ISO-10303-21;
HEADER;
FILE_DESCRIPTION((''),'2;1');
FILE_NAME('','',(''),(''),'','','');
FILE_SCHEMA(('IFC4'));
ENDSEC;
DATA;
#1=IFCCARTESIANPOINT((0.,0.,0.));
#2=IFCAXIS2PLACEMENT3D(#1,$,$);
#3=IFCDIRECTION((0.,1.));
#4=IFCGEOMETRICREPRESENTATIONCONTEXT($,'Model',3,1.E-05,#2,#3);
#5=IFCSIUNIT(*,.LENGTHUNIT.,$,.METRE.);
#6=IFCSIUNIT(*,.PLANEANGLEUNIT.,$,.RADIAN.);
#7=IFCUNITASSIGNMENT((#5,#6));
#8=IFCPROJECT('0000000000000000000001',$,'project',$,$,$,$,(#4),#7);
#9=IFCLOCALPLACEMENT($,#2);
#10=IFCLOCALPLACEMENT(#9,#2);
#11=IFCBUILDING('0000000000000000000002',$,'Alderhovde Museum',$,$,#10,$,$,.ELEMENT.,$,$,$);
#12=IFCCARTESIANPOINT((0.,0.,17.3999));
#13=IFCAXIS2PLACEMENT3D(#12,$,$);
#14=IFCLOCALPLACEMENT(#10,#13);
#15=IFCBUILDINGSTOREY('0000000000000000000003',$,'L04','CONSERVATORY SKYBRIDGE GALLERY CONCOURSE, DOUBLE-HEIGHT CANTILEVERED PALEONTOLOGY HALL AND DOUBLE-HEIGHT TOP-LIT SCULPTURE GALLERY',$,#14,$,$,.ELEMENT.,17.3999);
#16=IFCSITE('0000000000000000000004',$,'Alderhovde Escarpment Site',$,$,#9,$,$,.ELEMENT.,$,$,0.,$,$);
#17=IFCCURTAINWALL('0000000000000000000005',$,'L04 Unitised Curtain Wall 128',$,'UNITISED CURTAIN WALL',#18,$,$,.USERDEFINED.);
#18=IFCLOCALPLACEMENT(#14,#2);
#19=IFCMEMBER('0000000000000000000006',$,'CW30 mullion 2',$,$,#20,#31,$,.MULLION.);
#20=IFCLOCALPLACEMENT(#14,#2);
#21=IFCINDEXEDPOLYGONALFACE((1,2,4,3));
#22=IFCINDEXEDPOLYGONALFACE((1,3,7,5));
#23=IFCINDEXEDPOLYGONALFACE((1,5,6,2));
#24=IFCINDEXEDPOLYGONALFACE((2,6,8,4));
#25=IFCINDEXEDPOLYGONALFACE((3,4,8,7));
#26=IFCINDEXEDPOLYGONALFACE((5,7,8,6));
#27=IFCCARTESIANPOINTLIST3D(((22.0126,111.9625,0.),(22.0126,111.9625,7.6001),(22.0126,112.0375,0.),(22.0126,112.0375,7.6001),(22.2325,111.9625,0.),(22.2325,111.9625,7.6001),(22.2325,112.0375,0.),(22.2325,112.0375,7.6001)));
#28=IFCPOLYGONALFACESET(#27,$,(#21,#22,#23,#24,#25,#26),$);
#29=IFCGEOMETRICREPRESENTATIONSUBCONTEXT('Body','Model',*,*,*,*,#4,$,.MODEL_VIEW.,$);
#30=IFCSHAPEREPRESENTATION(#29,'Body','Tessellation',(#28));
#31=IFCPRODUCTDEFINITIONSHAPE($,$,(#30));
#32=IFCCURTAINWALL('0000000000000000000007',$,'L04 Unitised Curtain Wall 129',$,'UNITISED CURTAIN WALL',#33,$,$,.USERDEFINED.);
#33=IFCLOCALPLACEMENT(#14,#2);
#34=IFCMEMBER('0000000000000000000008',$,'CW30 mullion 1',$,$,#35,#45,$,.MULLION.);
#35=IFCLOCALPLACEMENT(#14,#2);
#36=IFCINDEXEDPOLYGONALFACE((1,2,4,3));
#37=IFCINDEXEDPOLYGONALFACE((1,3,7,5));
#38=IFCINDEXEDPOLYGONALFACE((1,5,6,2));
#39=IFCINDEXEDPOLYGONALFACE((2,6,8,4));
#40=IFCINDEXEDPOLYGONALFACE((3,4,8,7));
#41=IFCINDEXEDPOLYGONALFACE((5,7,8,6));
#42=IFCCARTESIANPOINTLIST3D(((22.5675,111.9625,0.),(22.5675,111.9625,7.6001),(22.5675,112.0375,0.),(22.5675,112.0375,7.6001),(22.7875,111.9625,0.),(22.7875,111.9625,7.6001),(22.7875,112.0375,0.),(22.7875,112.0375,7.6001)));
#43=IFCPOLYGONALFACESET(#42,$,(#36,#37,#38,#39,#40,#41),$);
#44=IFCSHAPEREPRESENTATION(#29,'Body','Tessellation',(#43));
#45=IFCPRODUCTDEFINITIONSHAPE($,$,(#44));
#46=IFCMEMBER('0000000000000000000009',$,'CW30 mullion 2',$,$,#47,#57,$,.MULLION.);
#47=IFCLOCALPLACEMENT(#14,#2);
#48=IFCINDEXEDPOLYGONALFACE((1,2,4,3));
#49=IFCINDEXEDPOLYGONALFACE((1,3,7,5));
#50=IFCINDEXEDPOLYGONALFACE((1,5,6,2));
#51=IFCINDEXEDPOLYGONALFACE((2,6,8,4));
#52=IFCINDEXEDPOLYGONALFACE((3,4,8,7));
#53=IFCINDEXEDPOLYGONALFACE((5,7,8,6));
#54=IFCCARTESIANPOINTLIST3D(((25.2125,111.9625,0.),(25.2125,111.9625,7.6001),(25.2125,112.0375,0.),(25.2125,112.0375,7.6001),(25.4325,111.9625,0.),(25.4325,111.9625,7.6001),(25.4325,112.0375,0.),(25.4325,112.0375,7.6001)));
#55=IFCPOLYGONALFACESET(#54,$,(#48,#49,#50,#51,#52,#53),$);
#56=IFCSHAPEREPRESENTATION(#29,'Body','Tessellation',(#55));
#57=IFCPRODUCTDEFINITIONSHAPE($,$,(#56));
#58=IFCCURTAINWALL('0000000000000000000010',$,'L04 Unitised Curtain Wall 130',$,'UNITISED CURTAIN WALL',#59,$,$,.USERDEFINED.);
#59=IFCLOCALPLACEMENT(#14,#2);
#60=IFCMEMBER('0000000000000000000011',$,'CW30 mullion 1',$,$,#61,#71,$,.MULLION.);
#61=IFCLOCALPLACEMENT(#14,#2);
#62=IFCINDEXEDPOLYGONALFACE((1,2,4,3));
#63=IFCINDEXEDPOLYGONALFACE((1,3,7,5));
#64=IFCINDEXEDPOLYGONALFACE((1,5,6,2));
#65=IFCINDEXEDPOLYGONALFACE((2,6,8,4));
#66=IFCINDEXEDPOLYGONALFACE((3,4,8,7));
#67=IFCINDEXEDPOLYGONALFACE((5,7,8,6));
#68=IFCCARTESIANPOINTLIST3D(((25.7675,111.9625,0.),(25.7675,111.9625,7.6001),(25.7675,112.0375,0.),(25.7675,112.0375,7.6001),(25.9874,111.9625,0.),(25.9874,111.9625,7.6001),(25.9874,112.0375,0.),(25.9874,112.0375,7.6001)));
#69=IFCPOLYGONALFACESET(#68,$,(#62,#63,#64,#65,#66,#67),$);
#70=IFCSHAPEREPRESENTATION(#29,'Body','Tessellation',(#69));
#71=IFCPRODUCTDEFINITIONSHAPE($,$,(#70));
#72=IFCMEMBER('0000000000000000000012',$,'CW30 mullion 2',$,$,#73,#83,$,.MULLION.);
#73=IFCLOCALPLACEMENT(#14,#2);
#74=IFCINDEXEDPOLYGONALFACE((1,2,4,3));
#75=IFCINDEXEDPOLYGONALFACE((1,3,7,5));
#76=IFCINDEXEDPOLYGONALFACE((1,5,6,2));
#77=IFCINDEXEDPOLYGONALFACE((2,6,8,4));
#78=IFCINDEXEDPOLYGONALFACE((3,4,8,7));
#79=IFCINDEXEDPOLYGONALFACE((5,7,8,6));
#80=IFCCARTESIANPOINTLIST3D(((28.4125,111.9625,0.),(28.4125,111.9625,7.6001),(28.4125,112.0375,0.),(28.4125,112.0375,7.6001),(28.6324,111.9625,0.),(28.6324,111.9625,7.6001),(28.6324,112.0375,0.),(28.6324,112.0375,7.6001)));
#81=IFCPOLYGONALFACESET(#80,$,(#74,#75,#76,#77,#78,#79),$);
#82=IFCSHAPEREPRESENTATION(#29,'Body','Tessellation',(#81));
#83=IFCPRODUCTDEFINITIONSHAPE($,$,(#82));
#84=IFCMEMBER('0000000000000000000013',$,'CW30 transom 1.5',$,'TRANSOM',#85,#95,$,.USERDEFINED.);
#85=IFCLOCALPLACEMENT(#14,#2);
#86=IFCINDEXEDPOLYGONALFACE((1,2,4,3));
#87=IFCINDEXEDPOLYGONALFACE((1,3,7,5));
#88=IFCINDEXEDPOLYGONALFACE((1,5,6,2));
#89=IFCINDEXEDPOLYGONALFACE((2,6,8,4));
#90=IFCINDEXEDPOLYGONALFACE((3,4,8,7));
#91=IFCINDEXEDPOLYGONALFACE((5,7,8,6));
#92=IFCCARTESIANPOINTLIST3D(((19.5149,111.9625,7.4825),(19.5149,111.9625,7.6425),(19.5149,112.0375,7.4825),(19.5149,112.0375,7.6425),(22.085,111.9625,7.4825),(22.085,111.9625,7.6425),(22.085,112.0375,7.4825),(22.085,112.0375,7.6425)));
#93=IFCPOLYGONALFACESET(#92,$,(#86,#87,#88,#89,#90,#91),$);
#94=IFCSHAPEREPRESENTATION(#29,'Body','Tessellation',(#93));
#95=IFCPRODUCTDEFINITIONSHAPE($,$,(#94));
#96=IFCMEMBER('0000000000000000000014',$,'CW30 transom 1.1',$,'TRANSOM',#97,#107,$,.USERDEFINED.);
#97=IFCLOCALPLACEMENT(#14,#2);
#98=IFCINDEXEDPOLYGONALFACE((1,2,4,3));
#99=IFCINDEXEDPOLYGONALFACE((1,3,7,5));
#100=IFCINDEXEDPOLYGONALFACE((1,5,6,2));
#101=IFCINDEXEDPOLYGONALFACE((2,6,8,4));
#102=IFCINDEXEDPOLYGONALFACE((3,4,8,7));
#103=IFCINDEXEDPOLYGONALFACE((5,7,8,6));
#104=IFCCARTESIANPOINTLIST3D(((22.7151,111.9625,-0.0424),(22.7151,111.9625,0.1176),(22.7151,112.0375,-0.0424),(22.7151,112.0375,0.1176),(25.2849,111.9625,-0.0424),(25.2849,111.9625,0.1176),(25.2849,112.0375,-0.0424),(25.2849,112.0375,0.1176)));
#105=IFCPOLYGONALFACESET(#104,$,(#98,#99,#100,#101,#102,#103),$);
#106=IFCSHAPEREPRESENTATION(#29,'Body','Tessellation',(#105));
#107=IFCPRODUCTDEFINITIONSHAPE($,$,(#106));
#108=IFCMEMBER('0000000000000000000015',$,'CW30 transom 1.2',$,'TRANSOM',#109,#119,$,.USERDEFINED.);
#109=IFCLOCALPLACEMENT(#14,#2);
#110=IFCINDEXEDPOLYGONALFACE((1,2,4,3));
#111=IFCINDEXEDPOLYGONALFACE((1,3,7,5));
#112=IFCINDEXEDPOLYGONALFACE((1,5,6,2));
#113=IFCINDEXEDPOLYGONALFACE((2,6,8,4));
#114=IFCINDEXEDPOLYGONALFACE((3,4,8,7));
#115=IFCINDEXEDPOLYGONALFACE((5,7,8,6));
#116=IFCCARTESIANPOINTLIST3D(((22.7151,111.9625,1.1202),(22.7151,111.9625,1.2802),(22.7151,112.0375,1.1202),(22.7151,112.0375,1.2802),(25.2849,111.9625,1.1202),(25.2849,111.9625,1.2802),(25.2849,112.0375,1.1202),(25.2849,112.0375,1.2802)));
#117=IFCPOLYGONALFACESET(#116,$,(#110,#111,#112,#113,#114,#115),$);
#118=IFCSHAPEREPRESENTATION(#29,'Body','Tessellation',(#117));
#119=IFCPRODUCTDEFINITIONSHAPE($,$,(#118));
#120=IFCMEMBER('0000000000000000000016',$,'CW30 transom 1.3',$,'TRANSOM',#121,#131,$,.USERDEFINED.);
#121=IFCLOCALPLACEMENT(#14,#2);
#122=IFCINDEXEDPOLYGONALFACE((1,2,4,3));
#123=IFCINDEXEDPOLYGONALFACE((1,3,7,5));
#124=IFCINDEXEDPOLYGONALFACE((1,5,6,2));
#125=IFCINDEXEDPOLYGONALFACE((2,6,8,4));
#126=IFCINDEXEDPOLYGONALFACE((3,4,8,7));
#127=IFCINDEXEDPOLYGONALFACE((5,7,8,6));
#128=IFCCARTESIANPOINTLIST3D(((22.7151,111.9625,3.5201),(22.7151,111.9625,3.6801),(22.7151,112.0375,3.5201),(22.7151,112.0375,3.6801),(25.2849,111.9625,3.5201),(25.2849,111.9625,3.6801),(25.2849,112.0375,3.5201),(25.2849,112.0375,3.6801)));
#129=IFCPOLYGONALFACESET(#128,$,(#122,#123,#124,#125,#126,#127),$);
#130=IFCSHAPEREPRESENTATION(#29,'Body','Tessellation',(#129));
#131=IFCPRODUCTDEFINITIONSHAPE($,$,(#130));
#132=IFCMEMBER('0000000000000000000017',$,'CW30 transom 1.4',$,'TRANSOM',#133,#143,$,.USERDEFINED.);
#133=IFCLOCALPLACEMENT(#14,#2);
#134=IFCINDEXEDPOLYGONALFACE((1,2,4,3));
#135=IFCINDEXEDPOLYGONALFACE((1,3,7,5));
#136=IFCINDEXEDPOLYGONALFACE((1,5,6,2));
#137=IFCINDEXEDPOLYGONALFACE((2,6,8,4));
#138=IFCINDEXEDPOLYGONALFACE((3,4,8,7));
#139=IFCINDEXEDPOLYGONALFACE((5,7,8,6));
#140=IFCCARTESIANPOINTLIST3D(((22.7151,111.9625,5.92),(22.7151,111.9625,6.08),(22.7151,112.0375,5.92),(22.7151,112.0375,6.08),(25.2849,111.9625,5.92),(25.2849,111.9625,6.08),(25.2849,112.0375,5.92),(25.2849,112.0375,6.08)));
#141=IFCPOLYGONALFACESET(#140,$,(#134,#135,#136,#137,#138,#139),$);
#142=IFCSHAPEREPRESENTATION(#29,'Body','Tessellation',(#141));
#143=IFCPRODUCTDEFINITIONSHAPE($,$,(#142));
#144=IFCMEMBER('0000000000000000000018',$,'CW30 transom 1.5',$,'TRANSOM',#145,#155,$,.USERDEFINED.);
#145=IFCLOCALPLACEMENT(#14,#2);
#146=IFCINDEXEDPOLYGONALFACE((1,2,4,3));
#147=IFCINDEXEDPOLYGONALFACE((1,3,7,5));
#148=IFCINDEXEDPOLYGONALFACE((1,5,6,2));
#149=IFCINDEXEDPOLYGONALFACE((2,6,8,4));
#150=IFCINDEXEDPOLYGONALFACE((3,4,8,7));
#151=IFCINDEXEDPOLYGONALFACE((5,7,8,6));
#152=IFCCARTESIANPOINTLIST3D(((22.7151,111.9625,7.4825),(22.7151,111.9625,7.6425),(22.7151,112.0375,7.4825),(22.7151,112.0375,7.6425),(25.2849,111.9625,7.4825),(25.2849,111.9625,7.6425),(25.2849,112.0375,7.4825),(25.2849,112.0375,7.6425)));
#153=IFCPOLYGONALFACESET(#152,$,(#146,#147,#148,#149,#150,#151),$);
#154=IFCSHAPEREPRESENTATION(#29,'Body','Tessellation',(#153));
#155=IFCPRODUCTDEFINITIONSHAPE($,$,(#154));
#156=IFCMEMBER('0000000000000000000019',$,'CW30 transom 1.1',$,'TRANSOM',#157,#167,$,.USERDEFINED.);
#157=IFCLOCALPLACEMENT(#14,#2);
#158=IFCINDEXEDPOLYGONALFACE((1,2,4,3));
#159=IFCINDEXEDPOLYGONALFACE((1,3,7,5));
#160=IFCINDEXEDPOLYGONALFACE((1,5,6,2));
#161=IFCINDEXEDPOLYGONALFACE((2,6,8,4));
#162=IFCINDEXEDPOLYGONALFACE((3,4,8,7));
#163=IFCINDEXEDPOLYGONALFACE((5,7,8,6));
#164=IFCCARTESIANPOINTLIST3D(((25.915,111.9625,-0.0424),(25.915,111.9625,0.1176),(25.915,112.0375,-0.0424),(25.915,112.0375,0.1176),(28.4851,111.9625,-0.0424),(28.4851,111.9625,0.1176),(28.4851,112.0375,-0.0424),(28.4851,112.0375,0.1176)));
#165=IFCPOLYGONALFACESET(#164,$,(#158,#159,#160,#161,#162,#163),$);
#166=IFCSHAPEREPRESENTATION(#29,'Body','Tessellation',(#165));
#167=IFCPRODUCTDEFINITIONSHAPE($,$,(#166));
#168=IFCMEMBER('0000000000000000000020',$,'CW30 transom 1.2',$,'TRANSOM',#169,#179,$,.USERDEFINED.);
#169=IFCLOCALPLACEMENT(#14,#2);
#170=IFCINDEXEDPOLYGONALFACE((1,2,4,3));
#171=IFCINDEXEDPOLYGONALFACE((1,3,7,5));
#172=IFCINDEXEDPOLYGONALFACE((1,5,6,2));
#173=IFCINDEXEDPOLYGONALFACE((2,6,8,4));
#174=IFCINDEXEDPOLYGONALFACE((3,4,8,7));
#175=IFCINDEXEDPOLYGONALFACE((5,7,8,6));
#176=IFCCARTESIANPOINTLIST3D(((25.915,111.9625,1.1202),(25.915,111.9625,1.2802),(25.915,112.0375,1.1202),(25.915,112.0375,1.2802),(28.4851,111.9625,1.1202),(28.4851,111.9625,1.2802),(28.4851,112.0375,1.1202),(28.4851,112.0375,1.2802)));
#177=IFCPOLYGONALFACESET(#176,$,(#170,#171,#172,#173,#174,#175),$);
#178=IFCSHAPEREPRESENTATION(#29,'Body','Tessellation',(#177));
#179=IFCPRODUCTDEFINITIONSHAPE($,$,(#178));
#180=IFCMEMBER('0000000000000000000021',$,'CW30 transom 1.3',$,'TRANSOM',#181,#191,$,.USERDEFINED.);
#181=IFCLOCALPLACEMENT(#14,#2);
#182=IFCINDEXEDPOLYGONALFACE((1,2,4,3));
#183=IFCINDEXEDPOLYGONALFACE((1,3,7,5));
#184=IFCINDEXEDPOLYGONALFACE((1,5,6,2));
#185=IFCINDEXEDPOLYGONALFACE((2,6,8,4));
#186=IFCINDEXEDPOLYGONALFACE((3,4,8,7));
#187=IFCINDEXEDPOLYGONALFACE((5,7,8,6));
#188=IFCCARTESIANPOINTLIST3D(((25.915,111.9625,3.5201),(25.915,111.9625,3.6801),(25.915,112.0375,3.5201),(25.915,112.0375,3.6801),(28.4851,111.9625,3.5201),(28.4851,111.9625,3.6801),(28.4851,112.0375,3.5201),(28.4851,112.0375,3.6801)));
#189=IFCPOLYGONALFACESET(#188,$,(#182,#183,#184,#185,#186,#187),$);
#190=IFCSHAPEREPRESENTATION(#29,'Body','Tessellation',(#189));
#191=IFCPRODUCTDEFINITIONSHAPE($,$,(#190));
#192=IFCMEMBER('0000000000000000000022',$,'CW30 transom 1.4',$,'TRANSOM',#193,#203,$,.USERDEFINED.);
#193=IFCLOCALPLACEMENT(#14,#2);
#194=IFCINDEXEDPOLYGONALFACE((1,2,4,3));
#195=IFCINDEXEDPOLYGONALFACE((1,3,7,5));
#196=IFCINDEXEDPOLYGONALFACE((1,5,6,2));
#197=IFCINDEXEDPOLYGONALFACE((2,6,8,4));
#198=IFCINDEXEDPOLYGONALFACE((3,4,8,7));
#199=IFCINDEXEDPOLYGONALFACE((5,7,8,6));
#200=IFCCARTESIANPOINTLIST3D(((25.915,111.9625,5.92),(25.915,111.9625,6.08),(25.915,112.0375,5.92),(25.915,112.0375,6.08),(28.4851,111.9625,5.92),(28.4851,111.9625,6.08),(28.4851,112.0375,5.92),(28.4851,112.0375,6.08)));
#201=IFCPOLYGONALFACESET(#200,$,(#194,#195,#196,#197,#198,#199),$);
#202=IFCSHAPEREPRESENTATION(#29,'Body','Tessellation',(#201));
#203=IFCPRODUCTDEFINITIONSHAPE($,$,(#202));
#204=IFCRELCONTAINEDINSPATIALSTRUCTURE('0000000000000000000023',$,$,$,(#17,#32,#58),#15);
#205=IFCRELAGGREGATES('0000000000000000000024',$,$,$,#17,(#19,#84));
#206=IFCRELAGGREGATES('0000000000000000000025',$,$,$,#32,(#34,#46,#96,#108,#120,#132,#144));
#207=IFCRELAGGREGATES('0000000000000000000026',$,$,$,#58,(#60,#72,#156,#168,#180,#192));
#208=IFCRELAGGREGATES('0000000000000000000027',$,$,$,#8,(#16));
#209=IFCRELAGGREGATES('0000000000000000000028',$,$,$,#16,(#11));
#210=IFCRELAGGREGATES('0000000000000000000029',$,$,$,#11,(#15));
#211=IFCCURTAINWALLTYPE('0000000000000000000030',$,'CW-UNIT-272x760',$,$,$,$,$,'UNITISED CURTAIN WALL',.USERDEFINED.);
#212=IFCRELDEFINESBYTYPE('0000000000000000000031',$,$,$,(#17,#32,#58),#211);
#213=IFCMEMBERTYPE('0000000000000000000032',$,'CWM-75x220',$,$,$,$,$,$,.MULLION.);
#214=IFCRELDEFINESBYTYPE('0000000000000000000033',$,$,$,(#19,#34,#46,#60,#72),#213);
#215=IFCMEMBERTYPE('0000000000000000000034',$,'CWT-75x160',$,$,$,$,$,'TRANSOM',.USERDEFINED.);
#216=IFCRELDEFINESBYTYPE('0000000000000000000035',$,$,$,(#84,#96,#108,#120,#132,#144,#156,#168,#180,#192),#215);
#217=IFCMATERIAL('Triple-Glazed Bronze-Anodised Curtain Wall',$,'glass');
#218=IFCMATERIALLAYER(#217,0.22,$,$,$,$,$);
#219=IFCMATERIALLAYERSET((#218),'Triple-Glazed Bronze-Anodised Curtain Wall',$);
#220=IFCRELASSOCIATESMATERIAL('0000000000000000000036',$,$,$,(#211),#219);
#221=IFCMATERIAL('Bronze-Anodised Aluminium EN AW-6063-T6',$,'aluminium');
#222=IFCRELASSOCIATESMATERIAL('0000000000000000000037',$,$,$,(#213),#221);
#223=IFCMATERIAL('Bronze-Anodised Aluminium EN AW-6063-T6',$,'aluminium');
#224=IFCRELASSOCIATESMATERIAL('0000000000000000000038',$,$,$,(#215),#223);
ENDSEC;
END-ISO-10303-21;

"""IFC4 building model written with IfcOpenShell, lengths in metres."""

from ifc_helpers import new_model, si_unit, direction, frame, origin, origin_2d, place, context, subcontext, project, spatial, rectangle, extrude, material, layer, layer_set, material_profile, profile_set, type_object, element, aggregate, save


model = new_model("IFC4")

# Units and contexts
model_context = context("Model", 3, precision=1e-05, world=origin(), true_north=direction((0.0, 1.0)))
body_context = subcontext(model_context, "Body", "Model", "MODEL_VIEW")
ifc_project = project(units=[si_unit("LENGTHUNIT", "METRE"), si_unit("PLANEANGLEUNIT", "RADIAN")], contexts=[model_context])

# Site, building, storey
site_placement = place(None, origin())
site = spatial("IfcSite", under=ifc_project, at=site_placement, Name="Alderhovde Escarpment Site", CompositionType="ELEMENT", RefElevation=0.0)
building_placement = place(site_placement, origin())
building = spatial("IfcBuilding", under=site, at=building_placement, Name="Alderhovde Museum", CompositionType="ELEMENT")
storey_placement = place(building_placement, frame((0.0, 0.0, 17.3999)))
storey = spatial("IfcBuildingStorey", under=building, at=storey_placement, Name="L04", Description="CONSERVATORY SKYBRIDGE GALLERY CONCOURSE, DOUBLE-HEIGHT CANTILEVERED PALEONTOLOGY HALL AND DOUBLE-HEIGHT TOP-LIT SCULPTURE GALLERY", CompositionType="ELEMENT", Elevation=17.3999)

# Curtain wall, member
ifc_material_1 = material(Name="Triple-Glazed Bronze-Anodised Curtain Wall", Category="glass")
ifc_layer_1 = layer(ifc_material_1, 0.22)
ifc_layer_set_1 = layer_set([ifc_layer_1], Name="Triple-Glazed Bronze-Anodised Curtain Wall")
curtain_wall_type = type_object("IfcCurtainWallType", Name="CW-UNIT-272x760", ElementType="UNITISED CURTAIN WALL", PredefinedType="USERDEFINED", material=ifc_layer_set_1)
curtain_wall_1_placement = place(storey_placement, origin())
curtain_wall_1 = element("IfcCurtainWall", 1, at=curtain_wall_1_placement, inside=storey, type_object=curtain_wall_type, Name="L04 Unitised Curtain Wall 128", ObjectType="UNITISED CURTAIN WALL", PredefinedType="USERDEFINED")
ifc_material_2 = material(Name="Bronze-Anodised Aluminium EN AW-6063-T6", Category="aluminium")
ifc_material_profile_1 = material_profile(ifc_material_2, rectangle(XDim=0.075, YDim=0.22, at=origin_2d()), Name="MULLION 75x220")
ifc_profile_set_1 = profile_set([ifc_material_profile_1], Name="Bronze-Anodised Aluminium EN AW-6063-T6")
member_type_1 = type_object("IfcMemberType", Name="CWM-75x220", PredefinedType="MULLION", material=ifc_profile_set_1)
member_1_placement = place(storey_placement, frame((22.1226, 112.0, 0.0), z_axis=(0.0, 0.0, 1.0), x_axis=(0.0, 1.0, 0.0)))
member_1 = element("IfcMember", 2, at=member_1_placement, type_object=member_type_1, Name="CW30 mullion 2", PredefinedType="MULLION", context=body_context, shape_type="SweptSolid", body=[
    extrude(rectangle(XDim=0.075, YDim=0.22, at=origin_2d()), origin(), (0.0, 0.0, 1.0), 7.6001),
])

# Curtain walls, members
curtain_wall_2_placement = place(storey_placement, origin())
curtain_wall_2 = element("IfcCurtainWall", 3, at=curtain_wall_2_placement, inside=storey, type_object=curtain_wall_type, Name="L04 Unitised Curtain Wall 129", ObjectType="UNITISED CURTAIN WALL", PredefinedType="USERDEFINED")
member_2_placement = place(storey_placement, frame((22.6775, 112.0, 0.0), z_axis=(0.0, 0.0, 1.0), x_axis=(0.0, 1.0, 0.0)))
member_2 = element("IfcMember", 4, at=member_2_placement, type_object=member_type_1, Name="CW30 mullion 1", PredefinedType="MULLION", context=body_context, shape_type="SweptSolid", body=[
    extrude(rectangle(XDim=0.075, YDim=0.22, at=origin_2d()), origin(), (0.0, 0.0, 1.0), 7.6001),
])
member_3_placement = place(storey_placement, frame((25.3225, 112.0, 0.0), z_axis=(0.0, 0.0, 1.0), x_axis=(0.0, 1.0, 0.0)))
member_3 = element("IfcMember", 5, at=member_3_placement, type_object=member_type_1, Name="CW30 mullion 2", PredefinedType="MULLION", context=body_context, shape_type="SweptSolid", body=[
    extrude(rectangle(XDim=0.075, YDim=0.22, at=origin_2d()), origin(), (0.0, 0.0, 1.0), 7.6001),
])
curtain_wall_3_placement = place(storey_placement, origin())
curtain_wall_3 = element("IfcCurtainWall", 6, at=curtain_wall_3_placement, inside=storey, type_object=curtain_wall_type, Name="L04 Unitised Curtain Wall 130", ObjectType="UNITISED CURTAIN WALL", PredefinedType="USERDEFINED")
member_4_placement = place(storey_placement, frame((25.8774, 112.0, 0.0), z_axis=(0.0, 0.0, 1.0), x_axis=(0.0, 1.0, 0.0)))
member_4 = element("IfcMember", 7, at=member_4_placement, type_object=member_type_1, Name="CW30 mullion 1", PredefinedType="MULLION", context=body_context, shape_type="SweptSolid", body=[
    extrude(rectangle(XDim=0.075, YDim=0.22, at=origin_2d()), origin(), (0.0, 0.0, 1.0), 7.6001),
])
member_5_placement = place(storey_placement, frame((28.5225, 112.0, 0.0), z_axis=(0.0, 0.0, 1.0), x_axis=(0.0, 1.0, 0.0)))
member_5 = element("IfcMember", 8, at=member_5_placement, type_object=member_type_1, Name="CW30 mullion 2", PredefinedType="MULLION", context=body_context, shape_type="SweptSolid", body=[
    extrude(rectangle(XDim=0.075, YDim=0.22, at=origin_2d()), origin(), (0.0, 0.0, 1.0), 7.6001),
])

# Members
ifc_material_3 = material(Name="Bronze-Anodised Aluminium EN AW-6063-T6", Category="aluminium")
ifc_material_profile_2 = material_profile(ifc_material_3, rectangle(XDim=0.075, YDim=0.1599, at=origin_2d()), Name="TRANSOM 75x160")
ifc_profile_set_2 = profile_set([ifc_material_profile_2], Name="Bronze-Anodised Aluminium EN AW-6063-T6")
member_type_2 = type_object("IfcMemberType", Name="CWT-75x160", ElementType="TRANSOM", PredefinedType="USERDEFINED", material=ifc_profile_set_2)
member_6_placement = place(storey_placement, frame((19.5149, 112.0, 7.5625), z_axis=(1.0, 0.0, 0.0), x_axis=(0.0, 1.0, 0.0)))
member_6 = element("IfcMember", 9, at=member_6_placement, type_object=member_type_2, Name="CW30 transom 1.5", ObjectType="TRANSOM", PredefinedType="USERDEFINED", context=body_context, shape_type="SweptSolid", body=[
    extrude(rectangle(XDim=0.075, YDim=0.1599, at=origin_2d()), origin(), (0.0, 0.0, 1.0), 2.5701),
])
member_7_placement = place(storey_placement, frame((22.7151, 112.0, 0.0376), z_axis=(1.0, 0.0, 0.0), x_axis=(0.0, 1.0, 0.0)))
member_7 = element("IfcMember", 10, at=member_7_placement, type_object=member_type_2, Name="CW30 transom 1.1", ObjectType="TRANSOM", PredefinedType="USERDEFINED", context=body_context, shape_type="SweptSolid", body=[
    extrude(rectangle(XDim=0.075, YDim=0.1599, at=origin_2d()), origin(), (0.0, 0.0, 1.0), 2.5698),
])
member_8_placement = place(storey_placement, frame((22.7151, 112.0, 1.2002), z_axis=(1.0, 0.0, 0.0), x_axis=(0.0, 1.0, 0.0)))
member_8 = element("IfcMember", 11, at=member_8_placement, type_object=member_type_2, Name="CW30 transom 1.2", ObjectType="TRANSOM", PredefinedType="USERDEFINED", context=body_context, shape_type="SweptSolid", body=[
    extrude(rectangle(XDim=0.075, YDim=0.1599, at=origin_2d()), origin(), (0.0, 0.0, 1.0), 2.5698),
])
member_9_placement = place(storey_placement, frame((22.7151, 112.0, 3.6001), z_axis=(1.0, 0.0, 0.0), x_axis=(0.0, 1.0, 0.0)))
member_9 = element("IfcMember", 12, at=member_9_placement, type_object=member_type_2, Name="CW30 transom 1.3", ObjectType="TRANSOM", PredefinedType="USERDEFINED", context=body_context, shape_type="SweptSolid", body=[
    extrude(rectangle(XDim=0.075, YDim=0.1599, at=origin_2d()), origin(), (0.0, 0.0, 1.0), 2.5698),
])
member_10_placement = place(storey_placement, frame((22.7151, 112.0, 6.0), z_axis=(1.0, 0.0, 0.0), x_axis=(0.0, 1.0, 0.0)))
member_10 = element("IfcMember", 13, at=member_10_placement, type_object=member_type_2, Name="CW30 transom 1.4", ObjectType="TRANSOM", PredefinedType="USERDEFINED", context=body_context, shape_type="SweptSolid", body=[
    extrude(rectangle(XDim=0.075, YDim=0.1599, at=origin_2d()), origin(), (0.0, 0.0, 1.0), 2.5698),
])
member_11_placement = place(storey_placement, frame((22.7151, 112.0, 7.5625), z_axis=(1.0, 0.0, 0.0), x_axis=(0.0, 1.0, 0.0)))
member_11 = element("IfcMember", 14, at=member_11_placement, type_object=member_type_2, Name="CW30 transom 1.5", ObjectType="TRANSOM", PredefinedType="USERDEFINED", context=body_context, shape_type="SweptSolid", body=[
    extrude(rectangle(XDim=0.075, YDim=0.1599, at=origin_2d()), origin(), (0.0, 0.0, 1.0), 2.5698),
])
member_12_placement = place(storey_placement, frame((25.915, 112.0, 0.0376), z_axis=(1.0, 0.0, 0.0), x_axis=(0.0, 1.0, 0.0)))
member_12 = element("IfcMember", 15, at=member_12_placement, type_object=member_type_2, Name="CW30 transom 1.1", ObjectType="TRANSOM", PredefinedType="USERDEFINED", context=body_context, shape_type="SweptSolid", body=[
    extrude(rectangle(XDim=0.075, YDim=0.1599, at=origin_2d()), origin(), (0.0, 0.0, 1.0), 2.5701),
])
member_13_placement = place(storey_placement, frame((25.915, 112.0, 1.2002), z_axis=(1.0, 0.0, 0.0), x_axis=(0.0, 1.0, 0.0)))
member_13 = element("IfcMember", 16, at=member_13_placement, type_object=member_type_2, Name="CW30 transom 1.2", ObjectType="TRANSOM", PredefinedType="USERDEFINED", context=body_context, shape_type="SweptSolid", body=[
    extrude(rectangle(XDim=0.075, YDim=0.1599, at=origin_2d()), origin(), (0.0, 0.0, 1.0), 2.5701),
])
member_14_placement = place(storey_placement, frame((25.915, 112.0, 3.6001), z_axis=(1.0, 0.0, 0.0), x_axis=(0.0, 1.0, 0.0)))
member_14 = element("IfcMember", 17, at=member_14_placement, type_object=member_type_2, Name="CW30 transom 1.3", ObjectType="TRANSOM", PredefinedType="USERDEFINED", context=body_context, shape_type="SweptSolid", body=[
    extrude(rectangle(XDim=0.075, YDim=0.1599, at=origin_2d()), origin(), (0.0, 0.0, 1.0), 2.5701),
])
member_15_placement = place(storey_placement, frame((25.915, 112.0, 6.0), z_axis=(1.0, 0.0, 0.0), x_axis=(0.0, 1.0, 0.0)))
member_15 = element("IfcMember", 18, at=member_15_placement, type_object=member_type_2, Name="CW30 transom 1.4", ObjectType="TRANSOM", PredefinedType="USERDEFINED", context=body_context, shape_type="SweptSolid", body=[
    extrude(rectangle(XDim=0.075, YDim=0.1599, at=origin_2d()), origin(), (0.0, 0.0, 1.0), 2.5701),
])

aggregate(curtain_wall_1, [member_1, member_6])
aggregate(curtain_wall_2, [member_2, member_3, member_7, member_8, member_9, member_10, member_11])
aggregate(curtain_wall_3, [member_4, member_5, member_12, member_13, member_14, member_15])

save(model, "model.ifc")
